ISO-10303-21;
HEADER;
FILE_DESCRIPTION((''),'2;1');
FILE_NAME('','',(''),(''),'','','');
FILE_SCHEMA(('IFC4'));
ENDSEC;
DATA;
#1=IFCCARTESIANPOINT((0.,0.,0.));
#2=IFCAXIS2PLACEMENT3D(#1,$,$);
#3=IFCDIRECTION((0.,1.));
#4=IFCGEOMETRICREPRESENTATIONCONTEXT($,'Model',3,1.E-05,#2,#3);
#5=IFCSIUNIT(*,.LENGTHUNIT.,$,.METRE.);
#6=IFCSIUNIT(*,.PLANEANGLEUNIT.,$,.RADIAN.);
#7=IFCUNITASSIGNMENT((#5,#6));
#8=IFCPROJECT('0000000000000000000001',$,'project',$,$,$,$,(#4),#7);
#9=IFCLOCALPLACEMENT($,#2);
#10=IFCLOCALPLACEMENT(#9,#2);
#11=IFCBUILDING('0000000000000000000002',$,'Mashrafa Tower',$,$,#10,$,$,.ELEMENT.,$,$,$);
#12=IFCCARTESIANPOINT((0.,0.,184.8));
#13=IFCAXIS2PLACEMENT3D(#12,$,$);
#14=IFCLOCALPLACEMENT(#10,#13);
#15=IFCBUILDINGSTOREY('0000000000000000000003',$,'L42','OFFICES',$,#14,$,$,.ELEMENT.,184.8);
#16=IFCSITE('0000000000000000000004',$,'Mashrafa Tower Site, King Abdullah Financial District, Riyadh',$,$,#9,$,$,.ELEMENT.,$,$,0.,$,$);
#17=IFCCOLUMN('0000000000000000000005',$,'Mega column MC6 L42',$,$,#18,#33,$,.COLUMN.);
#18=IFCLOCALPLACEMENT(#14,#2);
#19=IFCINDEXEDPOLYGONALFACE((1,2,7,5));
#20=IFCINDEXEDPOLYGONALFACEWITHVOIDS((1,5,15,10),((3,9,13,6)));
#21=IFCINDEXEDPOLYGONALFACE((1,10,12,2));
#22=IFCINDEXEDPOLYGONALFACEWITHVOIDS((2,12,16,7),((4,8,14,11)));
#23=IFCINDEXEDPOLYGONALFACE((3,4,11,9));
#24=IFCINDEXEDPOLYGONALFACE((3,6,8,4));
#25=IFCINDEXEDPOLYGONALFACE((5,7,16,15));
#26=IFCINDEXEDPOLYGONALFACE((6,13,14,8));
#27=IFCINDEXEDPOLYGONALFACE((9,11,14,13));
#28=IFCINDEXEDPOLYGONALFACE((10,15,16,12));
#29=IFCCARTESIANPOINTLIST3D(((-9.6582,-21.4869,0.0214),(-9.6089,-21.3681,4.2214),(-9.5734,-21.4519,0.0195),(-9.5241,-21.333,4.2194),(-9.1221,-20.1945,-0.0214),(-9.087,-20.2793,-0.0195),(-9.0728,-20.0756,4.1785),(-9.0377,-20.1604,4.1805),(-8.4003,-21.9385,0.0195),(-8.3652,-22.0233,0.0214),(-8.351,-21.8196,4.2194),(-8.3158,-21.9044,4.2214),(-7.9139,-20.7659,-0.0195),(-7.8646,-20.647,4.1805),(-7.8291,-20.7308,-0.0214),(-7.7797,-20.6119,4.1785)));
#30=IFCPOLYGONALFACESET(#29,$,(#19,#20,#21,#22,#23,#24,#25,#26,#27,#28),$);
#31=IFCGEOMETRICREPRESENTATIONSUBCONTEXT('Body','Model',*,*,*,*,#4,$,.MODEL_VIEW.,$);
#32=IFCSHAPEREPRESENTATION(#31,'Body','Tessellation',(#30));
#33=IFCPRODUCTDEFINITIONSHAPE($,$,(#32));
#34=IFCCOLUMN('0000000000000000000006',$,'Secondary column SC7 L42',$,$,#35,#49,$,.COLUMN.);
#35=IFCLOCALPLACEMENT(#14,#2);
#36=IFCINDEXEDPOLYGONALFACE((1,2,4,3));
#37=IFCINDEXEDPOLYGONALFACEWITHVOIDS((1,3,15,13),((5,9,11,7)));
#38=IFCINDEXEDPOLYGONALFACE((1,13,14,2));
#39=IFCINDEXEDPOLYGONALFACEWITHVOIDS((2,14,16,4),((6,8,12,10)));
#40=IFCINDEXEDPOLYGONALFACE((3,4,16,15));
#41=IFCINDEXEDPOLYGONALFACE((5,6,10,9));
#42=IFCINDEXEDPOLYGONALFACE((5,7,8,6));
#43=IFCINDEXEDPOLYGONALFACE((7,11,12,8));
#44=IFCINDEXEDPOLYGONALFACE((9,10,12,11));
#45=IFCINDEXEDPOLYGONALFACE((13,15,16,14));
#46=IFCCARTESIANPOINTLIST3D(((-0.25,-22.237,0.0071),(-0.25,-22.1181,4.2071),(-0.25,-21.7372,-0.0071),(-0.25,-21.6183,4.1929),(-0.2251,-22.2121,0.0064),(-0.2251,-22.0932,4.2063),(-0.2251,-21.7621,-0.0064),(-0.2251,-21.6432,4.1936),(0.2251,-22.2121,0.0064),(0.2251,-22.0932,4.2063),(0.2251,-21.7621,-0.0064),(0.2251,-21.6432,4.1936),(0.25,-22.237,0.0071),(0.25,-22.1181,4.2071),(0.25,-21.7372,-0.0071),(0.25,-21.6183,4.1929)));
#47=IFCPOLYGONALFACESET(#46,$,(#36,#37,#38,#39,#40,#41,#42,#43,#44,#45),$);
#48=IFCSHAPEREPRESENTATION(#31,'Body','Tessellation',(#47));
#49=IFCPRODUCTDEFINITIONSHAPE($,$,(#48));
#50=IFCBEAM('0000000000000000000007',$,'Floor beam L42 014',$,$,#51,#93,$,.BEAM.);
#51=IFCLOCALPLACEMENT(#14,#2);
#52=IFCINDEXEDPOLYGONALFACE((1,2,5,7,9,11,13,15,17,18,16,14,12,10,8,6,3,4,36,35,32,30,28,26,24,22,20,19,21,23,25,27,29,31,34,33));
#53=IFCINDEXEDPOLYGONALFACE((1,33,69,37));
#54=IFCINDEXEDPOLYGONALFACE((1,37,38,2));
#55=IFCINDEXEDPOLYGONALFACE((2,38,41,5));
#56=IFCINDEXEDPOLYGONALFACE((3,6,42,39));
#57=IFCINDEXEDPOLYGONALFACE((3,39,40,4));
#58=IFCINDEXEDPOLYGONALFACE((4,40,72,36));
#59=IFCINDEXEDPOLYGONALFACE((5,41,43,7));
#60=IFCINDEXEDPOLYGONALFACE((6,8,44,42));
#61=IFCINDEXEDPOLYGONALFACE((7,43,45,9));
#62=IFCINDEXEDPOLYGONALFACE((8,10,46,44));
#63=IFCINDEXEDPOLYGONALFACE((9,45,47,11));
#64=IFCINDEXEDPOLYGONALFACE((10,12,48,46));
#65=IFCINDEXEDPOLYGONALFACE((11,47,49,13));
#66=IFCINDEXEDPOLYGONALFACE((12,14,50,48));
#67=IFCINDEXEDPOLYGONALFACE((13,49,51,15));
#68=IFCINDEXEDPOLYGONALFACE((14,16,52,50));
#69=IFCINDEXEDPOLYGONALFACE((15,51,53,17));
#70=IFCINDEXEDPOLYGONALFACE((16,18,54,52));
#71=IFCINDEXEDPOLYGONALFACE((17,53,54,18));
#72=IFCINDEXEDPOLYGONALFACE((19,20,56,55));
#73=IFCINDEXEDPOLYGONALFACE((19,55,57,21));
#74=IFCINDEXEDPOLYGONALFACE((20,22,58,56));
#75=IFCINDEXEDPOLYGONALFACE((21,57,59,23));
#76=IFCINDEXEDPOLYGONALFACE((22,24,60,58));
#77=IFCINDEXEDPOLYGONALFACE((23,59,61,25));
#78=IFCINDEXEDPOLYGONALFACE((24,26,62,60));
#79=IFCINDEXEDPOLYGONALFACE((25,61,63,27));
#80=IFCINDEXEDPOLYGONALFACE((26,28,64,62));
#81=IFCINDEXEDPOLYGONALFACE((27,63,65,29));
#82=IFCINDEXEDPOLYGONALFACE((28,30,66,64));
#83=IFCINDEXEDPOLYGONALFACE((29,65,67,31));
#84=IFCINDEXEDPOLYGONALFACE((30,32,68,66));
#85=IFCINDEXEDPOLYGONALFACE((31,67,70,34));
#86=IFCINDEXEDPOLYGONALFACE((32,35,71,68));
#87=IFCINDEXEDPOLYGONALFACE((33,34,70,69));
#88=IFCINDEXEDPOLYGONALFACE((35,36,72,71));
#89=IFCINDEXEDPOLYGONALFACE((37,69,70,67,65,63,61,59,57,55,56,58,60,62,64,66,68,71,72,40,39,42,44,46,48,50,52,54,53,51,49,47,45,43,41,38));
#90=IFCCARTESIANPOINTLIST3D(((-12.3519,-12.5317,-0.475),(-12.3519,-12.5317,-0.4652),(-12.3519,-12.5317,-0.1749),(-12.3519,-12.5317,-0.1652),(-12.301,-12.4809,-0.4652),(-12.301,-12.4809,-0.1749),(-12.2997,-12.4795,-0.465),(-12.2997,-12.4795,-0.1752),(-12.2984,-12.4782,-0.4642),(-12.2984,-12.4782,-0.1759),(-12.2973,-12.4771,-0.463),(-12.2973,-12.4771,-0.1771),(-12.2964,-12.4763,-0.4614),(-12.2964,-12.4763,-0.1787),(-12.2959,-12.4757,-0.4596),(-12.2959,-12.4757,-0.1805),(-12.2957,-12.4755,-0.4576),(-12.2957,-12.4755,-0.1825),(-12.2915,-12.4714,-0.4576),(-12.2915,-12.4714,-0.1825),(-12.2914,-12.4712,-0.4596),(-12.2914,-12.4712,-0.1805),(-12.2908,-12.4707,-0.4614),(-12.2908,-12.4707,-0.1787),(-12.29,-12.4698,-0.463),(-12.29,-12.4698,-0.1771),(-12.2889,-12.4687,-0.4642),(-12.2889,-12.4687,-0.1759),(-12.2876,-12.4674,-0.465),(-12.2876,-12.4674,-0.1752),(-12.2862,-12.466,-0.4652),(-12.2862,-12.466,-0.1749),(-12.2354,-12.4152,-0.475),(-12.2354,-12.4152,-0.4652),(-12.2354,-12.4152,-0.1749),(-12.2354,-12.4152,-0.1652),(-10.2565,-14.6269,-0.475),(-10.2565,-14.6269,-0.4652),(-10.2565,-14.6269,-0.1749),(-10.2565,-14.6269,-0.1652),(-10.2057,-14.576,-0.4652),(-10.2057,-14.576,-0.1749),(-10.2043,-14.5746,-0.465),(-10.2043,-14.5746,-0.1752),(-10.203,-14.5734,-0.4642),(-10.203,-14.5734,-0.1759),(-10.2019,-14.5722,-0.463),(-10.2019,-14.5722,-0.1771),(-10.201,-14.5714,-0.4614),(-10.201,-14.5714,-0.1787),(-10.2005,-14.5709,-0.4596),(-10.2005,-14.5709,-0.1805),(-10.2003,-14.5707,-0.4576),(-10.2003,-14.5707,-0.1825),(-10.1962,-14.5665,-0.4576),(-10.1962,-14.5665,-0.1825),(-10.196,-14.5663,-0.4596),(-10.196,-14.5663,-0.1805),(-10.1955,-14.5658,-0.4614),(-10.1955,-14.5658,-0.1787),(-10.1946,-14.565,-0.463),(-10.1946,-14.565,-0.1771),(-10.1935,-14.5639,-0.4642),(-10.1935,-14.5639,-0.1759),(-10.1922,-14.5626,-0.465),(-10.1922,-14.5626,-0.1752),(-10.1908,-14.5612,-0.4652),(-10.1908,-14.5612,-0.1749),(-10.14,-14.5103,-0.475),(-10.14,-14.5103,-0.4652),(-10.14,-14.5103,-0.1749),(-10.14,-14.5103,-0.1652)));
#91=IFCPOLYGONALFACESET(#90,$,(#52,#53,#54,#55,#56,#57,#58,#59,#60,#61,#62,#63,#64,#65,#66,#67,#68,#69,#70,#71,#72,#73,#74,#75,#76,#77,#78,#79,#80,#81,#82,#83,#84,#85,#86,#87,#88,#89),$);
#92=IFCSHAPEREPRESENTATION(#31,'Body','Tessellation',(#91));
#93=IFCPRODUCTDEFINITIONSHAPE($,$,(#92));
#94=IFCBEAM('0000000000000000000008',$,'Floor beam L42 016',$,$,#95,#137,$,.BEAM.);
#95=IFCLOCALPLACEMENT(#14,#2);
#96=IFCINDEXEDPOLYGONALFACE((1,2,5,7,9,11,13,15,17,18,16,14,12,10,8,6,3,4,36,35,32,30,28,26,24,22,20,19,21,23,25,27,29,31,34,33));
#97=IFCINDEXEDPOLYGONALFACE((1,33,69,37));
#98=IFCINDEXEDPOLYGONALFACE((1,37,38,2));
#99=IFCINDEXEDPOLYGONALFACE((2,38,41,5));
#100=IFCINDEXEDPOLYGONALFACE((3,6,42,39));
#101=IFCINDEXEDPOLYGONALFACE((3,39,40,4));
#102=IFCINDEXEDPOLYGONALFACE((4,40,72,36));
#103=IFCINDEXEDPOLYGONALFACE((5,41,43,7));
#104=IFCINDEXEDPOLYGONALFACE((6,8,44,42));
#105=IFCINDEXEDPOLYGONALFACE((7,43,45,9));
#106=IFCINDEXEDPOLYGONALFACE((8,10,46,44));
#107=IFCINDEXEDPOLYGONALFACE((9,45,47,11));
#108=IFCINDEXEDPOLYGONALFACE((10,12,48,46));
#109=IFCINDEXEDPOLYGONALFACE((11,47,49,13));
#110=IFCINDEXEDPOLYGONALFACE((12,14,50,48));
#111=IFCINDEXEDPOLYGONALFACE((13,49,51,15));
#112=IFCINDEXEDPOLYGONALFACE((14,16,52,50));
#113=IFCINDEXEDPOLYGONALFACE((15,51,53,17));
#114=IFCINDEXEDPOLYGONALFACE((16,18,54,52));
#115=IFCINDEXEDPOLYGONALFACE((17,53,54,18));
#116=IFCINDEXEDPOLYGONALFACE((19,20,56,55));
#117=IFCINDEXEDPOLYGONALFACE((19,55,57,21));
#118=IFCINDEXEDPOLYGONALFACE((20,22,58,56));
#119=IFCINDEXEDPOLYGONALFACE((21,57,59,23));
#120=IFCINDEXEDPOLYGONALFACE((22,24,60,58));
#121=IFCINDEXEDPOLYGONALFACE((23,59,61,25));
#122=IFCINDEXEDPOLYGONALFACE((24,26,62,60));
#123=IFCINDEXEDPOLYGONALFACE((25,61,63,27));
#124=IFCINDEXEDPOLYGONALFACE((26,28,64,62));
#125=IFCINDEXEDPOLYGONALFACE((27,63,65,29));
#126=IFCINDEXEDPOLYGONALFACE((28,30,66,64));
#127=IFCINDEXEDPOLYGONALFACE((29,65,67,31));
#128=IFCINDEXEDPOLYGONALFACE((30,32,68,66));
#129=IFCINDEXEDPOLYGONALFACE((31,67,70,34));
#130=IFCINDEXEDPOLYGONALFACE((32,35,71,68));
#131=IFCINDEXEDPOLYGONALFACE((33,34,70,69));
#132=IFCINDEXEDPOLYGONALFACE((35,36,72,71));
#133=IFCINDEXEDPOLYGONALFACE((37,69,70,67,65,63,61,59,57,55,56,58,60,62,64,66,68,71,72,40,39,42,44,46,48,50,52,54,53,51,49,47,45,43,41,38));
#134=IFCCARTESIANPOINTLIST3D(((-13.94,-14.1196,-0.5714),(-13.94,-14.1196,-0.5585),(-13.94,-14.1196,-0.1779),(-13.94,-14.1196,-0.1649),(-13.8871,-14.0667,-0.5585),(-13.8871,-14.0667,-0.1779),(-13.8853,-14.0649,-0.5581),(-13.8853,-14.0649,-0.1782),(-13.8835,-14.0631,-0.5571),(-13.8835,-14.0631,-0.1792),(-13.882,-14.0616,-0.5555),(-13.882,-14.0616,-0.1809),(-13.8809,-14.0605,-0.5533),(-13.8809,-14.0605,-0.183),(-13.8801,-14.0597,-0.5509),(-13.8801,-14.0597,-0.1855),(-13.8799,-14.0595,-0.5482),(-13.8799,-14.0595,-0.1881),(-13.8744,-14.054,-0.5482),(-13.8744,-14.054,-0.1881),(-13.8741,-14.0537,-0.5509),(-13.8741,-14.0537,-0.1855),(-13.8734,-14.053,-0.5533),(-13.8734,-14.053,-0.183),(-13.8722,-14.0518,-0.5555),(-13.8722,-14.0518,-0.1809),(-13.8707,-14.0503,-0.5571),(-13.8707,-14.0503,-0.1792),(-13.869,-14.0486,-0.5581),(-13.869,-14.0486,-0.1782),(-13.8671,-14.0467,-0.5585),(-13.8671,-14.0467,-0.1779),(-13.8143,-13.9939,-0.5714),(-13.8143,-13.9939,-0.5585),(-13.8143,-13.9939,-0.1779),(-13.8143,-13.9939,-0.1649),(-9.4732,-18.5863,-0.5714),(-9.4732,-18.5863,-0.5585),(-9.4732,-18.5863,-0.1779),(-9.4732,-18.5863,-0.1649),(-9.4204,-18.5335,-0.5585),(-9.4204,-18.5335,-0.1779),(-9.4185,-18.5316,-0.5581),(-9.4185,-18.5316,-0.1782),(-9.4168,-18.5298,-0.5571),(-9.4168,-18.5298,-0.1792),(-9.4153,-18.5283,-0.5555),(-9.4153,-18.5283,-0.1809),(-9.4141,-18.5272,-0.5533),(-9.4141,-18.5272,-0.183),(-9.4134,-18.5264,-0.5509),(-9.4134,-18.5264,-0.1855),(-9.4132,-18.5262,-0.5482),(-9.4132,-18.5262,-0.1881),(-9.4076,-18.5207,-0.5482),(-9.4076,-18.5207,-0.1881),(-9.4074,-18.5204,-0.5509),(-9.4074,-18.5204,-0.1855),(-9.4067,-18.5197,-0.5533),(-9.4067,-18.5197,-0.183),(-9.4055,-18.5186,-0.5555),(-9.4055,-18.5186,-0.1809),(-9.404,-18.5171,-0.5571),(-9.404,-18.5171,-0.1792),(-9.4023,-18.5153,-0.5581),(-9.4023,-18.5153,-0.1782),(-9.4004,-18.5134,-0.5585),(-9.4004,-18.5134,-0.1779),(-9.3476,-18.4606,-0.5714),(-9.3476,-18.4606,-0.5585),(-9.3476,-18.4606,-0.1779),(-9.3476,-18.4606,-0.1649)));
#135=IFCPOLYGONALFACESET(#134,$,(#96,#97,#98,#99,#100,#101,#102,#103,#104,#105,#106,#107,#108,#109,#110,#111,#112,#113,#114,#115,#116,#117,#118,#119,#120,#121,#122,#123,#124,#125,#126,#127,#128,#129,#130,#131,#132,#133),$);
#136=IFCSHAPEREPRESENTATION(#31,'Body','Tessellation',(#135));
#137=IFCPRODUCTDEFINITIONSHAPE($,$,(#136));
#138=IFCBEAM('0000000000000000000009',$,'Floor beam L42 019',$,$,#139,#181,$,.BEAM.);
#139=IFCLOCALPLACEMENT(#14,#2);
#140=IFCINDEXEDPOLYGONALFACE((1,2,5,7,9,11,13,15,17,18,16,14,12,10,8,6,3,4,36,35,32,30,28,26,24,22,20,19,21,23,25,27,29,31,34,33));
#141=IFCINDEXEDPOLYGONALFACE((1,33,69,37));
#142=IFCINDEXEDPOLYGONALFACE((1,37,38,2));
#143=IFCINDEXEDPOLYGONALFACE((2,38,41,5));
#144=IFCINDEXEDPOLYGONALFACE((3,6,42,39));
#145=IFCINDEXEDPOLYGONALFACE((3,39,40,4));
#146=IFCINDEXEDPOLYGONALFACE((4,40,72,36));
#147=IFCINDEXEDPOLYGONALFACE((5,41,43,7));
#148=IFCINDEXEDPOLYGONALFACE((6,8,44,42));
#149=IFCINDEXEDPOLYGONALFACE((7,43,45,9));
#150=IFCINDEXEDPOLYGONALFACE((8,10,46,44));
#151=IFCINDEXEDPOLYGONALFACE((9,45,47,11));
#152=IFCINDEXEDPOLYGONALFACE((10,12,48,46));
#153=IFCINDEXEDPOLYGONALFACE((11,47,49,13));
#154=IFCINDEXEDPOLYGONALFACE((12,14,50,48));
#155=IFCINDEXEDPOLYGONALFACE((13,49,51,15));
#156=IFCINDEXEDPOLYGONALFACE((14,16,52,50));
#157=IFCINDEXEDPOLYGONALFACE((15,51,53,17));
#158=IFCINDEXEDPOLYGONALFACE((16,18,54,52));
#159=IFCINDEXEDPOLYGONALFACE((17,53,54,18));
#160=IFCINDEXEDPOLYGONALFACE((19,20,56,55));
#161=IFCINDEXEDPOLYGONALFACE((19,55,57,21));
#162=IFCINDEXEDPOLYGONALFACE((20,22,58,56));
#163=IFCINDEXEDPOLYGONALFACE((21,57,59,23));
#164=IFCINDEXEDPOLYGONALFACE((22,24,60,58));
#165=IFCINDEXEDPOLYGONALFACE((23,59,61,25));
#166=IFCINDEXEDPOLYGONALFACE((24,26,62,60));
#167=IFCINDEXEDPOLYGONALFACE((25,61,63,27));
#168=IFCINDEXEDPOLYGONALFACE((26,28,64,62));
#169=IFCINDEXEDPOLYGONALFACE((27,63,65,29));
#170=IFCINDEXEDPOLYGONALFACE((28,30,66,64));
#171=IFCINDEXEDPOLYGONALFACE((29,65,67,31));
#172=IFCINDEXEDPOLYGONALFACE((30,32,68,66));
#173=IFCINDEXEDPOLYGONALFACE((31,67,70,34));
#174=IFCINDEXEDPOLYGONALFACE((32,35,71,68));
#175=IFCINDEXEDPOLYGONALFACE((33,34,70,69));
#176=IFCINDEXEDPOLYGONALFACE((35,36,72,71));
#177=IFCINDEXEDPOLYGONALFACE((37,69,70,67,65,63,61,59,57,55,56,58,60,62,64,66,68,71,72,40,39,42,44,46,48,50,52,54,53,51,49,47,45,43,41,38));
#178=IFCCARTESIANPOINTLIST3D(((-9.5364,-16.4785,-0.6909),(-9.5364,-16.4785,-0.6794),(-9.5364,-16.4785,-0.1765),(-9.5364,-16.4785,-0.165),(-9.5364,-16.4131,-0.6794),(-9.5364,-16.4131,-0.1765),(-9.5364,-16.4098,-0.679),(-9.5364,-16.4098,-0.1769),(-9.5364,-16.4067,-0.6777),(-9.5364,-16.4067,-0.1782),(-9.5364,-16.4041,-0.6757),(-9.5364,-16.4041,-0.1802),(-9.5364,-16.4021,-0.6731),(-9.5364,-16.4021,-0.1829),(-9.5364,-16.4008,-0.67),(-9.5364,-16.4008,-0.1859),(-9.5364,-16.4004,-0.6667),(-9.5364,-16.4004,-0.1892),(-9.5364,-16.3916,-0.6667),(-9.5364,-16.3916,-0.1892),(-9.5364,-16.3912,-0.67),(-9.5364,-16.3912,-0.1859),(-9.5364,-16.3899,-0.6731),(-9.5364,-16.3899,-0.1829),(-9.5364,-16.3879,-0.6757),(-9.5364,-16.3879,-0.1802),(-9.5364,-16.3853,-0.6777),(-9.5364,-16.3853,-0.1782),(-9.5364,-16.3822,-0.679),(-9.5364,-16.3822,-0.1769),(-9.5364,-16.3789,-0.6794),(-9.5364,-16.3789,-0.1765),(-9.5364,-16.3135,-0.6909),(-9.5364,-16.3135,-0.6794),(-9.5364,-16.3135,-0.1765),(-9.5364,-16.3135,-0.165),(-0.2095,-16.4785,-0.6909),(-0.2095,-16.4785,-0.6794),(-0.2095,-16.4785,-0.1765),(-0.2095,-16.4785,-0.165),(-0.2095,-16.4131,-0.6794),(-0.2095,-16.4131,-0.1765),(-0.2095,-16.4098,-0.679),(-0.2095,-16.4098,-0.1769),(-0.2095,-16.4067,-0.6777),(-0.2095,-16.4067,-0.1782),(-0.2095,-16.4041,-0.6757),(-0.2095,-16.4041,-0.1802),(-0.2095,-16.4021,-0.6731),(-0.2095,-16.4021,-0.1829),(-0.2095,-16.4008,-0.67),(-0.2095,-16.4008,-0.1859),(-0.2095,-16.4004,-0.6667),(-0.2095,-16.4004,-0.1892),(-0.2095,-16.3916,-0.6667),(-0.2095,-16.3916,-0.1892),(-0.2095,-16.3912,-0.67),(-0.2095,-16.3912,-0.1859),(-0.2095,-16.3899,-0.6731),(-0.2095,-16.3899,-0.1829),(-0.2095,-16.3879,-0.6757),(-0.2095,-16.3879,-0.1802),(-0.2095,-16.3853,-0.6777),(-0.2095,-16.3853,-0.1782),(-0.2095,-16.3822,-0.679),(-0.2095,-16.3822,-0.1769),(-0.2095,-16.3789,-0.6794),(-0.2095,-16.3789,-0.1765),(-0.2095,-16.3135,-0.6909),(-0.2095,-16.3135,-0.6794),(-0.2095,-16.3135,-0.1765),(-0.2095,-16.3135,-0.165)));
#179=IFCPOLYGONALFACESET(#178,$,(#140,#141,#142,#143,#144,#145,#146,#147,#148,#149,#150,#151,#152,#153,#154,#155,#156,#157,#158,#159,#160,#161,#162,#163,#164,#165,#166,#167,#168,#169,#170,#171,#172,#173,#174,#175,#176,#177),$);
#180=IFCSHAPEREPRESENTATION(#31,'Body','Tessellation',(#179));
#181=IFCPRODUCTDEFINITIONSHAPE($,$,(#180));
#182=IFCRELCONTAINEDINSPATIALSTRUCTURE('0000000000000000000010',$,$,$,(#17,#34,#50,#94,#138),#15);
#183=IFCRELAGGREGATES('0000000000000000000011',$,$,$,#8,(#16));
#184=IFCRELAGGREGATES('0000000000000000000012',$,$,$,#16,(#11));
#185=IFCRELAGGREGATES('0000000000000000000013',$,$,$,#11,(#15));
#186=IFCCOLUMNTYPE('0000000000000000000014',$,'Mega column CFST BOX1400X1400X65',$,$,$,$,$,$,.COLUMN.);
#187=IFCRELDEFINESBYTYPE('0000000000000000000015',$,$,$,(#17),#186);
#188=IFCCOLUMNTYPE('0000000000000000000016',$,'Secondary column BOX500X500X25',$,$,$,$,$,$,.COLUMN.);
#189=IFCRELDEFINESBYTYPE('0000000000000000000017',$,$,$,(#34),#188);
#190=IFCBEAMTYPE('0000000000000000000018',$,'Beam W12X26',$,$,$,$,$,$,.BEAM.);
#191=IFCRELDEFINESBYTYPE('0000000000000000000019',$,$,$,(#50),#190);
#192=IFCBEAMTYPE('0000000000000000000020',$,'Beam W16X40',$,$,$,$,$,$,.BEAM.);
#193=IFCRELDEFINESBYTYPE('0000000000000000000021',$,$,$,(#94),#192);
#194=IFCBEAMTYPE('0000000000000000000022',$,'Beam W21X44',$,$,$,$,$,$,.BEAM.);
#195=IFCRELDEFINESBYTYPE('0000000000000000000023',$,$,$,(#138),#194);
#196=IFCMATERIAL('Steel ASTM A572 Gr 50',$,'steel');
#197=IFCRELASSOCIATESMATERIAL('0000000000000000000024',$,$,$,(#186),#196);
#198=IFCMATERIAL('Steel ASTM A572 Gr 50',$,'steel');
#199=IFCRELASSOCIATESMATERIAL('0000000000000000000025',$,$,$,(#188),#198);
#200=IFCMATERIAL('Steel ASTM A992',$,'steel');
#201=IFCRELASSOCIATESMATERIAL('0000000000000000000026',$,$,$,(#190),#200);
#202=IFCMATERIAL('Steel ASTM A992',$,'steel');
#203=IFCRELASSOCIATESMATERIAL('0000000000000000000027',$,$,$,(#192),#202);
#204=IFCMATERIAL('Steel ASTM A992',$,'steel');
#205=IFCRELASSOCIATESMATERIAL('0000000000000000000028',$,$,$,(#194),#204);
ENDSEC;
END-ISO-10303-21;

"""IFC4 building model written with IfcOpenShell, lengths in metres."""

from ifc_helpers import new_model, si_unit, direction, frame, origin, origin_2d, place, context, subcontext, project, spatial, hollow_rectangle, i_section, extrude, material, material_profile, profile_set, type_object, element, save


model = new_model("IFC4")

# Units and contexts
model_context = context("Model", 3, precision=1e-05, world=origin(), true_north=direction((0.0, 1.0)))
body_context = subcontext(model_context, "Body", "Model", "MODEL_VIEW")
ifc_project = project(units=[si_unit("LENGTHUNIT", "METRE"), si_unit("PLANEANGLEUNIT", "RADIAN")], contexts=[model_context])

# Site, building, storey
site_placement = place(None, origin())
site = spatial("IfcSite", under=ifc_project, at=site_placement, Name="Mashrafa Tower Site, King Abdullah Financial District, Riyadh", CompositionType="ELEMENT", RefElevation=0.0)
building_placement = place(site_placement, origin())
building = spatial("IfcBuilding", under=site, at=building_placement, Name="Mashrafa Tower", CompositionType="ELEMENT")
storey_placement = place(building_placement, frame((0.0, 0.0, 184.8)))
storey = spatial("IfcBuildingStorey", under=building, at=storey_placement, Name="L42", Description="OFFICES", CompositionType="ELEMENT", Elevation=184.8)

# Columns
ifc_material_1 = material(Name="Steel ASTM A572 Gr 50", Category="steel")
ifc_material_profile_1 = material_profile(ifc_material_1, hollow_rectangle(XDim=1.3999, YDim=1.3999, WallThickness=0.0649, at=origin_2d()), Name="BOX1400X1400X65")
ifc_profile_set_1 = profile_set([ifc_material_profile_1], Name="Steel ASTM A572 Gr 50")
column_type_1 = type_object("IfcColumnType", Name="Mega column CFST BOX1400X1400X65", PredefinedType="COLUMN", material=ifc_profile_set_1)
column_1_placement = place(storey_placement, frame((-8.7437, -21.1089, 0.0), z_axis=(0.011737, 0.028296, 0.999531), x_axis=(-0.923693, 0.383133, 0.0)))
element("IfcColumn", 1, at=column_1_placement, inside=storey, type_object=column_type_1, Name="Mega column MC6 L42", PredefinedType="COLUMN", context=body_context, shape_type="SweptSolid", body=[
    extrude(hollow_rectangle(XDim=1.3999, YDim=1.3999, WallThickness=0.0649, at=origin_2d()), origin(), (0.0, 0.0, 1.0), 4.2019),
])
ifc_material_2 = material(Name="Steel ASTM A572 Gr 50", Category="steel")
ifc_material_profile_2 = material_profile(ifc_material_2, hollow_rectangle(XDim=0.5, YDim=0.5, WallThickness=0.0249, at=origin_2d()), Name="BOX500X500X25")
ifc_profile_set_2 = profile_set([ifc_material_profile_2], Name="Steel ASTM A572 Gr 50")
column_type_2 = type_object("IfcColumnType", Name="Secondary column BOX500X500X25", PredefinedType="COLUMN", material=ifc_profile_set_2)
column_2_placement = place(storey_placement, frame((0.0, -21.9871, 0.0), z_axis=(0.0, 0.028298, 0.9996), x_axis=(-1.0, 0.0, 0.0)))
element("IfcColumn", 2, at=column_2_placement, inside=storey, type_object=column_type_2, Name="Secondary column SC7 L42", PredefinedType="COLUMN", context=body_context, shape_type="SweptSolid", body=[
    extrude(hollow_rectangle(XDim=0.5, YDim=0.5, WallThickness=0.0249, at=origin_2d()), origin(), (0.0, 0.0, 1.0), 4.2017),
])

# Beams
ifc_material_3 = material(Name="Steel ASTM A992", Category="steel")
ifc_material_profile_3 = material_profile(ifc_material_3, i_section(OverallWidth=0.1648, OverallDepth=0.3098, WebThickness=0.0059, FlangeThickness=0.0098, FilletRadius=0.0076, at=origin_2d()), Name="W12X26")
ifc_profile_set_3 = profile_set([ifc_material_profile_3], Name="Steel ASTM A992")
beam_type_1 = type_object("IfcBeamType", Name="Beam W12X26", PredefinedType="BEAM", material=ifc_profile_set_3)
beam_1_placement = place(storey_placement, frame((-10.1982, -14.5686, -0.3201), z_axis=(-0.707148, 0.707066, 0.0), x_axis=(-0.707066, -0.707148, 0.0)))
element("IfcBeam", 3, at=beam_1_placement, inside=storey, type_object=beam_type_1, Name="Floor beam L42 014", PredefinedType="BEAM", context=body_context, shape_type="SweptSolid", body=[
    extrude(i_section(OverallWidth=0.1648, OverallDepth=0.3098, WebThickness=0.0059, FlangeThickness=0.0098, FilletRadius=0.0076, at=origin_2d()), origin(), (0.0, 0.0, 1.0), 2.9631),
])
ifc_material_4 = material(Name="Steel ASTM A992", Category="steel")
ifc_material_profile_4 = material_profile(ifc_material_4, i_section(OverallWidth=0.1777, OverallDepth=0.4065, WebThickness=0.0078, FlangeThickness=0.0129, FilletRadius=0.0103, at=origin_2d()), Name="W16X40")
ifc_profile_set_4 = profile_set([ifc_material_profile_4], Name="Steel ASTM A992")
beam_type_2 = type_object("IfcBeamType", Name="Beam W16X40", PredefinedType="BEAM", material=ifc_profile_set_4)
beam_2_placement = place(storey_placement, frame((-9.4104, -18.5234, -0.3682), z_axis=(-0.707107, 0.707107, 0.0), x_axis=(-0.707107, -0.707107, 0.0)))
element("IfcBeam", 4, at=beam_2_placement, inside=storey, type_object=beam_type_2, Name="Floor beam L42 016", PredefinedType="BEAM", context=body_context, shape_type="SweptSolid", body=[
    extrude(i_section(OverallWidth=0.1777, OverallDepth=0.4065, WebThickness=0.0078, FlangeThickness=0.0129, FilletRadius=0.0103, at=origin_2d()), origin(), (0.0, 0.0, 1.0), 6.3169),
])
ifc_material_5 = material(Name="Steel ASTM A992", Category="steel")
ifc_material_profile_5 = material_profile(ifc_material_5, i_section(OverallWidth=0.165, OverallDepth=0.5259, WebThickness=0.0088, FlangeThickness=0.0115, FilletRadius=0.0127, at=origin_2d()), Name="W21X44")
ifc_profile_set_5 = profile_set([ifc_material_profile_5], Name="Steel ASTM A992")
beam_type_3 = type_object("IfcBeamType", Name="Beam W21X44", PredefinedType="BEAM", material=ifc_profile_set_5)
beam_3_placement = place(storey_placement, frame((-0.2095, -16.396, -0.428), z_axis=(-1.0, 0.0, 0.0), x_axis=(0.0, -1.0, 0.0)))
element("IfcBeam", 5, at=beam_3_placement, inside=storey, type_object=beam_type_3, Name="Floor beam L42 019", PredefinedType="BEAM", context=body_context, shape_type="SweptSolid", body=[
    extrude(i_section(OverallWidth=0.165, OverallDepth=0.5259, WebThickness=0.0088, FlangeThickness=0.0115, FilletRadius=0.0127, at=origin_2d()), origin(), (0.0, 0.0, 1.0), 9.3269),
])

save(model, "model.ifc")
